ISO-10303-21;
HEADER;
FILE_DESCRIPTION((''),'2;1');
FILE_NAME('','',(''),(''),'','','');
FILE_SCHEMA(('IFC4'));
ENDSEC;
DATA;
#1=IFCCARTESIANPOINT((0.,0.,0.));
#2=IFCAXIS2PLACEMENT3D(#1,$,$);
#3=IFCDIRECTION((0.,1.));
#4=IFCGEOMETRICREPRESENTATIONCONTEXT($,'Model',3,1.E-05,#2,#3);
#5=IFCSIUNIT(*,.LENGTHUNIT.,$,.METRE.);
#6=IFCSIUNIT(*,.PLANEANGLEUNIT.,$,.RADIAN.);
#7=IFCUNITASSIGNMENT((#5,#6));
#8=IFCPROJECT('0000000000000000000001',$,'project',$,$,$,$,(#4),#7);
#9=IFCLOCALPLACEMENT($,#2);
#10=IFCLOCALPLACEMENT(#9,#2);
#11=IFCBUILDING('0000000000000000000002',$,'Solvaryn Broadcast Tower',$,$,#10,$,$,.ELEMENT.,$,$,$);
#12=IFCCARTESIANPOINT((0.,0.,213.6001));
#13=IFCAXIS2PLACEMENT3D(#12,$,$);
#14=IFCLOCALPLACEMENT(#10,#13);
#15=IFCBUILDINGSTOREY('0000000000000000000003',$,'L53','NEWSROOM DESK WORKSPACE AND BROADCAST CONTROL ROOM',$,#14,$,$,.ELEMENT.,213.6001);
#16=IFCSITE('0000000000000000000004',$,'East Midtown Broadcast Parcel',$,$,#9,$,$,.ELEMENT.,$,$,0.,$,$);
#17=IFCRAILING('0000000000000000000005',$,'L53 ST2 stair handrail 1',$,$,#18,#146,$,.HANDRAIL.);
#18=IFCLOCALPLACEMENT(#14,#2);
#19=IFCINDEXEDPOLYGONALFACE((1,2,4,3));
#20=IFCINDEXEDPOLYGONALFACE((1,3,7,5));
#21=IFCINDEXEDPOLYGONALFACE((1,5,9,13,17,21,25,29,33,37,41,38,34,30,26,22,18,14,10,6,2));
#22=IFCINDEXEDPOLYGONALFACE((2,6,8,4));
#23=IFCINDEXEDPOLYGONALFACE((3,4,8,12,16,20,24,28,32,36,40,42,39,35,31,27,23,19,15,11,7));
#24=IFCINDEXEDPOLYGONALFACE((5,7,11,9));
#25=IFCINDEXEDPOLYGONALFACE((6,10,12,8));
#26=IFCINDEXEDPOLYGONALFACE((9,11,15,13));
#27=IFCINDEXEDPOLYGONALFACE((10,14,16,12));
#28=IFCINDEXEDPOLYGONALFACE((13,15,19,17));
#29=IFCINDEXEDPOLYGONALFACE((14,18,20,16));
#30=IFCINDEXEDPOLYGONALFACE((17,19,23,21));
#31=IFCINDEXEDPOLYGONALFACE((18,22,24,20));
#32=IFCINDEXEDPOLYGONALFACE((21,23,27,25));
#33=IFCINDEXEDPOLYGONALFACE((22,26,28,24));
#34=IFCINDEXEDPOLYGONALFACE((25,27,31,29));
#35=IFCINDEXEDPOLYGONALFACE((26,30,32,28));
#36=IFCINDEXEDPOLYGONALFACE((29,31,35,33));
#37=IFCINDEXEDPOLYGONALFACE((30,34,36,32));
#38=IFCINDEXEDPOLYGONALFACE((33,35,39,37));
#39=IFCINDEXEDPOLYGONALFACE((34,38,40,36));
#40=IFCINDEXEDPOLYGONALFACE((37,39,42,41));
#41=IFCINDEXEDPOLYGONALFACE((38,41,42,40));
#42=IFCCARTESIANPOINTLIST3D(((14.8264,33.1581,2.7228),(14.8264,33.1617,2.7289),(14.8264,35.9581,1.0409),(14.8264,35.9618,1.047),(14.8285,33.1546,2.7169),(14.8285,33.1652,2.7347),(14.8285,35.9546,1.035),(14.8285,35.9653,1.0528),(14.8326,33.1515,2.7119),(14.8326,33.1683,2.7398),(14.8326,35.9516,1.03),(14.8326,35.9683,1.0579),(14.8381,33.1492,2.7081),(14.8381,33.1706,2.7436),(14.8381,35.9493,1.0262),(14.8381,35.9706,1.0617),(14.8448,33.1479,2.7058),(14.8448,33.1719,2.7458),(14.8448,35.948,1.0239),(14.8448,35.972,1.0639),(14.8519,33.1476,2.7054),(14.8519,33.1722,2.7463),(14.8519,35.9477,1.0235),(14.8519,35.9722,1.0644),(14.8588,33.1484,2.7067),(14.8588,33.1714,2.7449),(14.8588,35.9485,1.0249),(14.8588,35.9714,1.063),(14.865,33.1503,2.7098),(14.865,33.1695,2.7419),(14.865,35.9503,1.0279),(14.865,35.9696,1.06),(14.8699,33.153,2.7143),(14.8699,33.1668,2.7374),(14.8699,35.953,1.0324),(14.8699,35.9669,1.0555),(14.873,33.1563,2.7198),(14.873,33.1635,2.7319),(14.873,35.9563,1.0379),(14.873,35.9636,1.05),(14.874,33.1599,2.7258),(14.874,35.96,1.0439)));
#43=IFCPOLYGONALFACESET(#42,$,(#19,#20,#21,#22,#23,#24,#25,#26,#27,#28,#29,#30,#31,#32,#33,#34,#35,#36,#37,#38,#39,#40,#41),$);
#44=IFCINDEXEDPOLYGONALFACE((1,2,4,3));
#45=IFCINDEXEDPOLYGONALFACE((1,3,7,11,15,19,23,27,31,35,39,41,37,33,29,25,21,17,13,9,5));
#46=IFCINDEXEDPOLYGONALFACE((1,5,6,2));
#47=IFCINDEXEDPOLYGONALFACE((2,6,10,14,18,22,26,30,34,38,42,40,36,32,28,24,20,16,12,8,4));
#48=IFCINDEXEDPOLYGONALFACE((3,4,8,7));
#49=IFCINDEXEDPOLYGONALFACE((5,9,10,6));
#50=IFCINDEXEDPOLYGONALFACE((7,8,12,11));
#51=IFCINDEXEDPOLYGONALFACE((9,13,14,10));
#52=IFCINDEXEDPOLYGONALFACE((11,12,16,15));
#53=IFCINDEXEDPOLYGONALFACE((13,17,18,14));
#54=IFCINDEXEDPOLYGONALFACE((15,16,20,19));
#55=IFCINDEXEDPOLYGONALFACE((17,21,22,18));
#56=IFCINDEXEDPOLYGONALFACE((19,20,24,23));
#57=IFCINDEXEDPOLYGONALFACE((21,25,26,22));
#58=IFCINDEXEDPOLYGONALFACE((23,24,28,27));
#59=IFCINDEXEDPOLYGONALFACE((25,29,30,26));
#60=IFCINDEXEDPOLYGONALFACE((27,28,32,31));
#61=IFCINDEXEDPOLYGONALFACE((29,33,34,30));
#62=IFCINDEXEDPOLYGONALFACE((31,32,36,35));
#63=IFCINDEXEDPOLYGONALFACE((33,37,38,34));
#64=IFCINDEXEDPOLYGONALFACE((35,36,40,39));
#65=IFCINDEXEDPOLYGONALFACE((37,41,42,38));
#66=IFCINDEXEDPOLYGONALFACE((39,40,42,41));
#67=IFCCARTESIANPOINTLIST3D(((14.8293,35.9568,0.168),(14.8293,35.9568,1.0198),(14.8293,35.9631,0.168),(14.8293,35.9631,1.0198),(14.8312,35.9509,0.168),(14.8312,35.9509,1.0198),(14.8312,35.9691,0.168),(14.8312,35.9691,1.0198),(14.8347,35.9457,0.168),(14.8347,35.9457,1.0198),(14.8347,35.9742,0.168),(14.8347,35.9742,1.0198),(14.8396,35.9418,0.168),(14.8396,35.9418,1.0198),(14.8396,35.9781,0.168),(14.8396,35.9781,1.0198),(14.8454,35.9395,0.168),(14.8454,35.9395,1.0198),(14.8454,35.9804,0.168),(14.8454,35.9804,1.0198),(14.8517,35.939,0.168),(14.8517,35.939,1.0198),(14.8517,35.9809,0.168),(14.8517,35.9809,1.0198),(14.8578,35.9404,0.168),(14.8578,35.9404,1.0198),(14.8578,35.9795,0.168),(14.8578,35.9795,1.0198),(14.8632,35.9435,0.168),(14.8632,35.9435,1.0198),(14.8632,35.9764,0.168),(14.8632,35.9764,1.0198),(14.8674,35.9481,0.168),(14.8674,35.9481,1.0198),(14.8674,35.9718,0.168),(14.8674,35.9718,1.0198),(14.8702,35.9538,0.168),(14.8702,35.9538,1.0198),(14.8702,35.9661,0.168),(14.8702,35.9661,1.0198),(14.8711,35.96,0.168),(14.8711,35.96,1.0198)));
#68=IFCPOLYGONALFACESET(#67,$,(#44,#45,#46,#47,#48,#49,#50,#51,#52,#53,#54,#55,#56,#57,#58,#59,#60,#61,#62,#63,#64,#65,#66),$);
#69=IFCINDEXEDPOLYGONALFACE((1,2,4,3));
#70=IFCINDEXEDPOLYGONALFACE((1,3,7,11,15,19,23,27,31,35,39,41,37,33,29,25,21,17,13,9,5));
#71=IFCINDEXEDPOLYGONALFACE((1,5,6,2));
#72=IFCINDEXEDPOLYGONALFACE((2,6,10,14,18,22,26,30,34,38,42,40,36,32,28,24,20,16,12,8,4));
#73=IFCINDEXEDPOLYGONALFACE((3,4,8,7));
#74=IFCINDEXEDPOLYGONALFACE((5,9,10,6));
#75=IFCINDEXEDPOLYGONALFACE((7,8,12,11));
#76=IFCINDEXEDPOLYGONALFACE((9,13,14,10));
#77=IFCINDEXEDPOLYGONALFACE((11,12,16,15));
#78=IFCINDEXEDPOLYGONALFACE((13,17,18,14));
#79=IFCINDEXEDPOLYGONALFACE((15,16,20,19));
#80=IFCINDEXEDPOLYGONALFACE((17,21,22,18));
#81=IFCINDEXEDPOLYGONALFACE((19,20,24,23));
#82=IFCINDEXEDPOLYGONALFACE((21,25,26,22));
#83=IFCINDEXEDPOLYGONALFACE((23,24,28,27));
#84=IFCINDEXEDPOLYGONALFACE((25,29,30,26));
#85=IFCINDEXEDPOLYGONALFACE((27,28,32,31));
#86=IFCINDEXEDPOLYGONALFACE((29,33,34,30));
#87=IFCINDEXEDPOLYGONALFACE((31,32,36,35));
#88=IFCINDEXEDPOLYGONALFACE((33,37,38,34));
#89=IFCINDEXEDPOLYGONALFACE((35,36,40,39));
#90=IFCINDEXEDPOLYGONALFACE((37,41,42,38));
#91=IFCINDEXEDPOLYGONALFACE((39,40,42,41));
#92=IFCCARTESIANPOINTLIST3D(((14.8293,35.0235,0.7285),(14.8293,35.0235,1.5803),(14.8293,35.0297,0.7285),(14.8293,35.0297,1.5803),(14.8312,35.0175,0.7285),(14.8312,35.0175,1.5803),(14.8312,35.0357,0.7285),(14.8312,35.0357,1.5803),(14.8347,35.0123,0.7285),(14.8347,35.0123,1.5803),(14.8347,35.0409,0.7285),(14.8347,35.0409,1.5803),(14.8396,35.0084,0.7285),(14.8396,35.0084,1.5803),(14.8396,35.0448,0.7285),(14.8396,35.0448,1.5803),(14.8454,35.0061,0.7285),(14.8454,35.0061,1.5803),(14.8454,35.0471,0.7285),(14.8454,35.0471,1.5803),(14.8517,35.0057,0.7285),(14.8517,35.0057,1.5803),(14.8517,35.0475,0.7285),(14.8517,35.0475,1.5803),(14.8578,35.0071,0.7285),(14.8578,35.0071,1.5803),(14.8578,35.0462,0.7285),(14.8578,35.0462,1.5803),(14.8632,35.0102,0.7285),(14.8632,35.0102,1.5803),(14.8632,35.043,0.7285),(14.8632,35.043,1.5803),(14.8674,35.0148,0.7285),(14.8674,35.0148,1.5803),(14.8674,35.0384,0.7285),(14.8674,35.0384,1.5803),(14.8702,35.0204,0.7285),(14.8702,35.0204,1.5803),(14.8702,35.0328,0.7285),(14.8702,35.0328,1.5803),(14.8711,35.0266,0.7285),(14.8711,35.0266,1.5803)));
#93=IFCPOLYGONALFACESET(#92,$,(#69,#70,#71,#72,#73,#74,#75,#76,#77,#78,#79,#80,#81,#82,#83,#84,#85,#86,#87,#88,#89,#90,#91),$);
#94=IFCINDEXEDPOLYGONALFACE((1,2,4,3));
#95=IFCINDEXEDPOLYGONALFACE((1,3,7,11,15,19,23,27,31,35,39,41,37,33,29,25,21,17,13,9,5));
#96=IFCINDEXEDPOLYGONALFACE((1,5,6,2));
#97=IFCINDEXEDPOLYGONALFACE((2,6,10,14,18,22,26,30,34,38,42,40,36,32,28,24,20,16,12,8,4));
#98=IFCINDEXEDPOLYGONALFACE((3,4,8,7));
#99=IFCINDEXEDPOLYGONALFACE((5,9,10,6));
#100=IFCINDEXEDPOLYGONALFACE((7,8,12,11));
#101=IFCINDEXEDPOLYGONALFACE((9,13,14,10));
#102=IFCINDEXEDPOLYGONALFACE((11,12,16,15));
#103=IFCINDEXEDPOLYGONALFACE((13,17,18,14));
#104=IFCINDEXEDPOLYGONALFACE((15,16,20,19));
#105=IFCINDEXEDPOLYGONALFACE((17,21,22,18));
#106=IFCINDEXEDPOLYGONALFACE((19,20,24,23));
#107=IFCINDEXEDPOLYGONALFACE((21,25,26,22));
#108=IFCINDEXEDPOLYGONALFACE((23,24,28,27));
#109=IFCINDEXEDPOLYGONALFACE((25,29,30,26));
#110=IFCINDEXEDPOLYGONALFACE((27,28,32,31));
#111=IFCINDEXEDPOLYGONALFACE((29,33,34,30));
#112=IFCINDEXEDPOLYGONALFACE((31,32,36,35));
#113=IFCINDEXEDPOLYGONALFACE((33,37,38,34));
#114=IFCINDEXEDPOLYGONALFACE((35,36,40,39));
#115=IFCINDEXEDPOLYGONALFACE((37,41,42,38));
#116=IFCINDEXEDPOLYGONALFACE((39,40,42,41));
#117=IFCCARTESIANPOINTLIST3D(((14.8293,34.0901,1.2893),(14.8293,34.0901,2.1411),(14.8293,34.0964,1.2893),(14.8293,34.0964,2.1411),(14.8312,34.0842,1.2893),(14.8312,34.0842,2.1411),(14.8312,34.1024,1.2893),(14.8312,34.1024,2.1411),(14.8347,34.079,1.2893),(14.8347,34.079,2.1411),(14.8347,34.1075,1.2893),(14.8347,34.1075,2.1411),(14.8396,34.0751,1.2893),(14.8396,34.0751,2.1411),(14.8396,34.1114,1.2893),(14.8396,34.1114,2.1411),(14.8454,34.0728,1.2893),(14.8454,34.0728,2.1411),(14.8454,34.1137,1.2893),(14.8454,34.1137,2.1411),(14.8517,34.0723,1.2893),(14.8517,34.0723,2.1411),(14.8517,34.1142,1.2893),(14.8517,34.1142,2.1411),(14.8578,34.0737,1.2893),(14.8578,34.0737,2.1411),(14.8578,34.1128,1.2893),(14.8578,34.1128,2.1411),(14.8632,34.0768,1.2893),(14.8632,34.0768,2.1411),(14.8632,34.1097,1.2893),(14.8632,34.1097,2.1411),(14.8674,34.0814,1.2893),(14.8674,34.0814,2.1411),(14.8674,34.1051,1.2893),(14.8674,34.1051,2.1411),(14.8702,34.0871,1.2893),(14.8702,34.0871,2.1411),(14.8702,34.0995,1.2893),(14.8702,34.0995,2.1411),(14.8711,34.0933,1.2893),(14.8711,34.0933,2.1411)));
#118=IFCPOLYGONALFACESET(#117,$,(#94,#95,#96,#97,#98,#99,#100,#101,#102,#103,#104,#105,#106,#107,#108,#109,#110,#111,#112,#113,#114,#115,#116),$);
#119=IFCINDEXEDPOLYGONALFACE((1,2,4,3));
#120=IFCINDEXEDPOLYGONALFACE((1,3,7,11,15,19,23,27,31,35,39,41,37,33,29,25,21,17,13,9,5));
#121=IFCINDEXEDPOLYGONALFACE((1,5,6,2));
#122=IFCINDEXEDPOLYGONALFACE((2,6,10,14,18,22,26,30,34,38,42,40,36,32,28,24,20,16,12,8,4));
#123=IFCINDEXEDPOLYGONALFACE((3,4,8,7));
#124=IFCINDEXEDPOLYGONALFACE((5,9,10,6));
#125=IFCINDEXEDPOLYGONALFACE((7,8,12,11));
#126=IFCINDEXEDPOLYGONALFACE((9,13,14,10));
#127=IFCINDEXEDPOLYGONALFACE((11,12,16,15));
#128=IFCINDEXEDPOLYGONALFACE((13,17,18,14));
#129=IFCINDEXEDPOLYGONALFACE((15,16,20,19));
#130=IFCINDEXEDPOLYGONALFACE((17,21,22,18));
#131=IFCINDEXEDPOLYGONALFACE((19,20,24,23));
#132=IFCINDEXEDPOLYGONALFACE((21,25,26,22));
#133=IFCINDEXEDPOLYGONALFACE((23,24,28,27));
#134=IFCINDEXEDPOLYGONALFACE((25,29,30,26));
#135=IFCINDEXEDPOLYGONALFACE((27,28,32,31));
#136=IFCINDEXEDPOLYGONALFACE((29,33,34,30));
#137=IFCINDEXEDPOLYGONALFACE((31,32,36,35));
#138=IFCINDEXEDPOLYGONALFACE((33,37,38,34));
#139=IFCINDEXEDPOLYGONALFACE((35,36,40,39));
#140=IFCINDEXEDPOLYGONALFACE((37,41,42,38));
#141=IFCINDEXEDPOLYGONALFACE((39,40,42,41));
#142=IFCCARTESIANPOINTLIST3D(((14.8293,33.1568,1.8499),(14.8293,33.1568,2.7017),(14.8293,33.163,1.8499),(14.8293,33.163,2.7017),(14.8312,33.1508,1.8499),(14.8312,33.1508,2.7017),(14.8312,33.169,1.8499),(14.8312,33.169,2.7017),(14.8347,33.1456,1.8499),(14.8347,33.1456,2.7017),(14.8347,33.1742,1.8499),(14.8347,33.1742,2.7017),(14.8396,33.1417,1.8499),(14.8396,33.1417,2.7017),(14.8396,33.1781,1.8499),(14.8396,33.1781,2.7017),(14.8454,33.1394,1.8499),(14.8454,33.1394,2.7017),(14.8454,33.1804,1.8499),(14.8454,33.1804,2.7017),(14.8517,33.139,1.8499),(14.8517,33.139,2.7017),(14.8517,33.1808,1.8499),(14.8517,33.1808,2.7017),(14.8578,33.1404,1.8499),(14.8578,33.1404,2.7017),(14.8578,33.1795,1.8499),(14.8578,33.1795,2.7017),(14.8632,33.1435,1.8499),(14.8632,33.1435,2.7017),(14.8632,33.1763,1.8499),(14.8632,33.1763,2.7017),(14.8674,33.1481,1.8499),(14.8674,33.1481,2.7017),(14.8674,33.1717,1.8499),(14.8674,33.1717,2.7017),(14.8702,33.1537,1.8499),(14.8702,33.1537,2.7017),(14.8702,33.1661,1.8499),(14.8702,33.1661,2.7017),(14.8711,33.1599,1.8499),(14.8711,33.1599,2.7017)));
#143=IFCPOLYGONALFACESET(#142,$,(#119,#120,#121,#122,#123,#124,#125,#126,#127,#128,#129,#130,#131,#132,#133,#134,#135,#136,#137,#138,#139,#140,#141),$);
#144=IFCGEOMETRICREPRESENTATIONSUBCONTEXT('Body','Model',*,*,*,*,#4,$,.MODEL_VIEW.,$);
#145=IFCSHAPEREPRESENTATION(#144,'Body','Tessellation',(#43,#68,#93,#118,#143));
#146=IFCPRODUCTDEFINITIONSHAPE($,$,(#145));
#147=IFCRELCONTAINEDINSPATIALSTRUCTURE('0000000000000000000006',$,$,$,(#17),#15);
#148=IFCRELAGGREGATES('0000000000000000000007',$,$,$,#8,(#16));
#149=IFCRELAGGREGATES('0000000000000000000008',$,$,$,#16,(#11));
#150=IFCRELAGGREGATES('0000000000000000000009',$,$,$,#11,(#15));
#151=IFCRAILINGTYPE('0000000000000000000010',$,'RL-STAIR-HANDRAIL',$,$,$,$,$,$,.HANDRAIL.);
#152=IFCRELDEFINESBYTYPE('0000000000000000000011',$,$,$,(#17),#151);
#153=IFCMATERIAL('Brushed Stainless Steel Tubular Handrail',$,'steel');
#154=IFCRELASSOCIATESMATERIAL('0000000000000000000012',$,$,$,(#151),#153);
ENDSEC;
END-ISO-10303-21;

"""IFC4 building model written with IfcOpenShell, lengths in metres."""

from ifc_helpers import new_model, si_unit, direction, frame, origin, origin_2d, place, context, subcontext, project, spatial, circle, extrude, material, type_object, element, save


model = new_model("IFC4")

# Units and contexts
model_context = context("Model", 3, precision=1e-05, world=origin(), true_north=direction((0.0, 1.0)))
body_context = subcontext(model_context, "Body", "Model", "MODEL_VIEW")
ifc_project = project(units=[si_unit("LENGTHUNIT", "METRE"), si_unit("PLANEANGLEUNIT", "RADIAN")], contexts=[model_context])

# Site, building, storey
site_placement = place(None, origin())
site = spatial("IfcSite", under=ifc_project, at=site_placement, Name="East Midtown Broadcast Parcel", CompositionType="ELEMENT", RefElevation=0.0)
building_placement = place(site_placement, origin())
building = spatial("IfcBuilding", under=site, at=building_placement, Name="Solvaryn Broadcast Tower", CompositionType="ELEMENT")
storey_placement = place(building_placement, frame((0.0, 0.0, 213.6001)))
storey = spatial("IfcBuildingStorey", under=building, at=storey_placement, Name="L53", Description="NEWSROOM DESK WORKSPACE AND BROADCAST CONTROL ROOM", CompositionType="ELEMENT", Elevation=213.6001)

# Railing
ifc_material_1 = material(Name="Brushed Stainless Steel Tubular Handrail", Category="steel")
railing_type_1 = type_object("IfcRailingType", Name="RL-STAIR-HANDRAIL", PredefinedType="HANDRAIL", material=ifc_material_1)
railing_1_placement = place(storey_placement, frame((14.8501, 35.96, 0.168)))
element("IfcRailing", 1, at=railing_1_placement, inside=storey, type_object=railing_type_1, Name="L53 ST2 stair handrail 1", PredefinedType="HANDRAIL", context=body_context, shape_type="SweptSolid", body=[
    extrude(circle(Radius=0.0239, at=origin_2d()), frame((0.0, 0.0, 0.876), z_axis=(0.0, -0.857242, 0.514913), x_axis=(1.0, 0.0, 0.0)), (0.0, 0.0, 1.0), 3.2664),
    extrude(circle(Radius=0.021, at=origin_2d()), origin(), (0.0, 0.0, 1.0), 0.8518),
    extrude(circle(Radius=0.021, at=origin_2d()), frame((0.0, -0.9333, 0.5605)), (0.0, 0.0, 1.0), 0.8518),
    extrude(circle(Radius=0.021, at=origin_2d()), frame((0.0, -1.8667, 1.1213)), (0.0, 0.0, 1.0), 0.8518),
    extrude(circle(Radius=0.021, at=origin_2d()), frame((0.0, -2.8, 1.6819)), (0.0, 0.0, 1.0), 0.8518),
])

save(model, "model.ifc")
